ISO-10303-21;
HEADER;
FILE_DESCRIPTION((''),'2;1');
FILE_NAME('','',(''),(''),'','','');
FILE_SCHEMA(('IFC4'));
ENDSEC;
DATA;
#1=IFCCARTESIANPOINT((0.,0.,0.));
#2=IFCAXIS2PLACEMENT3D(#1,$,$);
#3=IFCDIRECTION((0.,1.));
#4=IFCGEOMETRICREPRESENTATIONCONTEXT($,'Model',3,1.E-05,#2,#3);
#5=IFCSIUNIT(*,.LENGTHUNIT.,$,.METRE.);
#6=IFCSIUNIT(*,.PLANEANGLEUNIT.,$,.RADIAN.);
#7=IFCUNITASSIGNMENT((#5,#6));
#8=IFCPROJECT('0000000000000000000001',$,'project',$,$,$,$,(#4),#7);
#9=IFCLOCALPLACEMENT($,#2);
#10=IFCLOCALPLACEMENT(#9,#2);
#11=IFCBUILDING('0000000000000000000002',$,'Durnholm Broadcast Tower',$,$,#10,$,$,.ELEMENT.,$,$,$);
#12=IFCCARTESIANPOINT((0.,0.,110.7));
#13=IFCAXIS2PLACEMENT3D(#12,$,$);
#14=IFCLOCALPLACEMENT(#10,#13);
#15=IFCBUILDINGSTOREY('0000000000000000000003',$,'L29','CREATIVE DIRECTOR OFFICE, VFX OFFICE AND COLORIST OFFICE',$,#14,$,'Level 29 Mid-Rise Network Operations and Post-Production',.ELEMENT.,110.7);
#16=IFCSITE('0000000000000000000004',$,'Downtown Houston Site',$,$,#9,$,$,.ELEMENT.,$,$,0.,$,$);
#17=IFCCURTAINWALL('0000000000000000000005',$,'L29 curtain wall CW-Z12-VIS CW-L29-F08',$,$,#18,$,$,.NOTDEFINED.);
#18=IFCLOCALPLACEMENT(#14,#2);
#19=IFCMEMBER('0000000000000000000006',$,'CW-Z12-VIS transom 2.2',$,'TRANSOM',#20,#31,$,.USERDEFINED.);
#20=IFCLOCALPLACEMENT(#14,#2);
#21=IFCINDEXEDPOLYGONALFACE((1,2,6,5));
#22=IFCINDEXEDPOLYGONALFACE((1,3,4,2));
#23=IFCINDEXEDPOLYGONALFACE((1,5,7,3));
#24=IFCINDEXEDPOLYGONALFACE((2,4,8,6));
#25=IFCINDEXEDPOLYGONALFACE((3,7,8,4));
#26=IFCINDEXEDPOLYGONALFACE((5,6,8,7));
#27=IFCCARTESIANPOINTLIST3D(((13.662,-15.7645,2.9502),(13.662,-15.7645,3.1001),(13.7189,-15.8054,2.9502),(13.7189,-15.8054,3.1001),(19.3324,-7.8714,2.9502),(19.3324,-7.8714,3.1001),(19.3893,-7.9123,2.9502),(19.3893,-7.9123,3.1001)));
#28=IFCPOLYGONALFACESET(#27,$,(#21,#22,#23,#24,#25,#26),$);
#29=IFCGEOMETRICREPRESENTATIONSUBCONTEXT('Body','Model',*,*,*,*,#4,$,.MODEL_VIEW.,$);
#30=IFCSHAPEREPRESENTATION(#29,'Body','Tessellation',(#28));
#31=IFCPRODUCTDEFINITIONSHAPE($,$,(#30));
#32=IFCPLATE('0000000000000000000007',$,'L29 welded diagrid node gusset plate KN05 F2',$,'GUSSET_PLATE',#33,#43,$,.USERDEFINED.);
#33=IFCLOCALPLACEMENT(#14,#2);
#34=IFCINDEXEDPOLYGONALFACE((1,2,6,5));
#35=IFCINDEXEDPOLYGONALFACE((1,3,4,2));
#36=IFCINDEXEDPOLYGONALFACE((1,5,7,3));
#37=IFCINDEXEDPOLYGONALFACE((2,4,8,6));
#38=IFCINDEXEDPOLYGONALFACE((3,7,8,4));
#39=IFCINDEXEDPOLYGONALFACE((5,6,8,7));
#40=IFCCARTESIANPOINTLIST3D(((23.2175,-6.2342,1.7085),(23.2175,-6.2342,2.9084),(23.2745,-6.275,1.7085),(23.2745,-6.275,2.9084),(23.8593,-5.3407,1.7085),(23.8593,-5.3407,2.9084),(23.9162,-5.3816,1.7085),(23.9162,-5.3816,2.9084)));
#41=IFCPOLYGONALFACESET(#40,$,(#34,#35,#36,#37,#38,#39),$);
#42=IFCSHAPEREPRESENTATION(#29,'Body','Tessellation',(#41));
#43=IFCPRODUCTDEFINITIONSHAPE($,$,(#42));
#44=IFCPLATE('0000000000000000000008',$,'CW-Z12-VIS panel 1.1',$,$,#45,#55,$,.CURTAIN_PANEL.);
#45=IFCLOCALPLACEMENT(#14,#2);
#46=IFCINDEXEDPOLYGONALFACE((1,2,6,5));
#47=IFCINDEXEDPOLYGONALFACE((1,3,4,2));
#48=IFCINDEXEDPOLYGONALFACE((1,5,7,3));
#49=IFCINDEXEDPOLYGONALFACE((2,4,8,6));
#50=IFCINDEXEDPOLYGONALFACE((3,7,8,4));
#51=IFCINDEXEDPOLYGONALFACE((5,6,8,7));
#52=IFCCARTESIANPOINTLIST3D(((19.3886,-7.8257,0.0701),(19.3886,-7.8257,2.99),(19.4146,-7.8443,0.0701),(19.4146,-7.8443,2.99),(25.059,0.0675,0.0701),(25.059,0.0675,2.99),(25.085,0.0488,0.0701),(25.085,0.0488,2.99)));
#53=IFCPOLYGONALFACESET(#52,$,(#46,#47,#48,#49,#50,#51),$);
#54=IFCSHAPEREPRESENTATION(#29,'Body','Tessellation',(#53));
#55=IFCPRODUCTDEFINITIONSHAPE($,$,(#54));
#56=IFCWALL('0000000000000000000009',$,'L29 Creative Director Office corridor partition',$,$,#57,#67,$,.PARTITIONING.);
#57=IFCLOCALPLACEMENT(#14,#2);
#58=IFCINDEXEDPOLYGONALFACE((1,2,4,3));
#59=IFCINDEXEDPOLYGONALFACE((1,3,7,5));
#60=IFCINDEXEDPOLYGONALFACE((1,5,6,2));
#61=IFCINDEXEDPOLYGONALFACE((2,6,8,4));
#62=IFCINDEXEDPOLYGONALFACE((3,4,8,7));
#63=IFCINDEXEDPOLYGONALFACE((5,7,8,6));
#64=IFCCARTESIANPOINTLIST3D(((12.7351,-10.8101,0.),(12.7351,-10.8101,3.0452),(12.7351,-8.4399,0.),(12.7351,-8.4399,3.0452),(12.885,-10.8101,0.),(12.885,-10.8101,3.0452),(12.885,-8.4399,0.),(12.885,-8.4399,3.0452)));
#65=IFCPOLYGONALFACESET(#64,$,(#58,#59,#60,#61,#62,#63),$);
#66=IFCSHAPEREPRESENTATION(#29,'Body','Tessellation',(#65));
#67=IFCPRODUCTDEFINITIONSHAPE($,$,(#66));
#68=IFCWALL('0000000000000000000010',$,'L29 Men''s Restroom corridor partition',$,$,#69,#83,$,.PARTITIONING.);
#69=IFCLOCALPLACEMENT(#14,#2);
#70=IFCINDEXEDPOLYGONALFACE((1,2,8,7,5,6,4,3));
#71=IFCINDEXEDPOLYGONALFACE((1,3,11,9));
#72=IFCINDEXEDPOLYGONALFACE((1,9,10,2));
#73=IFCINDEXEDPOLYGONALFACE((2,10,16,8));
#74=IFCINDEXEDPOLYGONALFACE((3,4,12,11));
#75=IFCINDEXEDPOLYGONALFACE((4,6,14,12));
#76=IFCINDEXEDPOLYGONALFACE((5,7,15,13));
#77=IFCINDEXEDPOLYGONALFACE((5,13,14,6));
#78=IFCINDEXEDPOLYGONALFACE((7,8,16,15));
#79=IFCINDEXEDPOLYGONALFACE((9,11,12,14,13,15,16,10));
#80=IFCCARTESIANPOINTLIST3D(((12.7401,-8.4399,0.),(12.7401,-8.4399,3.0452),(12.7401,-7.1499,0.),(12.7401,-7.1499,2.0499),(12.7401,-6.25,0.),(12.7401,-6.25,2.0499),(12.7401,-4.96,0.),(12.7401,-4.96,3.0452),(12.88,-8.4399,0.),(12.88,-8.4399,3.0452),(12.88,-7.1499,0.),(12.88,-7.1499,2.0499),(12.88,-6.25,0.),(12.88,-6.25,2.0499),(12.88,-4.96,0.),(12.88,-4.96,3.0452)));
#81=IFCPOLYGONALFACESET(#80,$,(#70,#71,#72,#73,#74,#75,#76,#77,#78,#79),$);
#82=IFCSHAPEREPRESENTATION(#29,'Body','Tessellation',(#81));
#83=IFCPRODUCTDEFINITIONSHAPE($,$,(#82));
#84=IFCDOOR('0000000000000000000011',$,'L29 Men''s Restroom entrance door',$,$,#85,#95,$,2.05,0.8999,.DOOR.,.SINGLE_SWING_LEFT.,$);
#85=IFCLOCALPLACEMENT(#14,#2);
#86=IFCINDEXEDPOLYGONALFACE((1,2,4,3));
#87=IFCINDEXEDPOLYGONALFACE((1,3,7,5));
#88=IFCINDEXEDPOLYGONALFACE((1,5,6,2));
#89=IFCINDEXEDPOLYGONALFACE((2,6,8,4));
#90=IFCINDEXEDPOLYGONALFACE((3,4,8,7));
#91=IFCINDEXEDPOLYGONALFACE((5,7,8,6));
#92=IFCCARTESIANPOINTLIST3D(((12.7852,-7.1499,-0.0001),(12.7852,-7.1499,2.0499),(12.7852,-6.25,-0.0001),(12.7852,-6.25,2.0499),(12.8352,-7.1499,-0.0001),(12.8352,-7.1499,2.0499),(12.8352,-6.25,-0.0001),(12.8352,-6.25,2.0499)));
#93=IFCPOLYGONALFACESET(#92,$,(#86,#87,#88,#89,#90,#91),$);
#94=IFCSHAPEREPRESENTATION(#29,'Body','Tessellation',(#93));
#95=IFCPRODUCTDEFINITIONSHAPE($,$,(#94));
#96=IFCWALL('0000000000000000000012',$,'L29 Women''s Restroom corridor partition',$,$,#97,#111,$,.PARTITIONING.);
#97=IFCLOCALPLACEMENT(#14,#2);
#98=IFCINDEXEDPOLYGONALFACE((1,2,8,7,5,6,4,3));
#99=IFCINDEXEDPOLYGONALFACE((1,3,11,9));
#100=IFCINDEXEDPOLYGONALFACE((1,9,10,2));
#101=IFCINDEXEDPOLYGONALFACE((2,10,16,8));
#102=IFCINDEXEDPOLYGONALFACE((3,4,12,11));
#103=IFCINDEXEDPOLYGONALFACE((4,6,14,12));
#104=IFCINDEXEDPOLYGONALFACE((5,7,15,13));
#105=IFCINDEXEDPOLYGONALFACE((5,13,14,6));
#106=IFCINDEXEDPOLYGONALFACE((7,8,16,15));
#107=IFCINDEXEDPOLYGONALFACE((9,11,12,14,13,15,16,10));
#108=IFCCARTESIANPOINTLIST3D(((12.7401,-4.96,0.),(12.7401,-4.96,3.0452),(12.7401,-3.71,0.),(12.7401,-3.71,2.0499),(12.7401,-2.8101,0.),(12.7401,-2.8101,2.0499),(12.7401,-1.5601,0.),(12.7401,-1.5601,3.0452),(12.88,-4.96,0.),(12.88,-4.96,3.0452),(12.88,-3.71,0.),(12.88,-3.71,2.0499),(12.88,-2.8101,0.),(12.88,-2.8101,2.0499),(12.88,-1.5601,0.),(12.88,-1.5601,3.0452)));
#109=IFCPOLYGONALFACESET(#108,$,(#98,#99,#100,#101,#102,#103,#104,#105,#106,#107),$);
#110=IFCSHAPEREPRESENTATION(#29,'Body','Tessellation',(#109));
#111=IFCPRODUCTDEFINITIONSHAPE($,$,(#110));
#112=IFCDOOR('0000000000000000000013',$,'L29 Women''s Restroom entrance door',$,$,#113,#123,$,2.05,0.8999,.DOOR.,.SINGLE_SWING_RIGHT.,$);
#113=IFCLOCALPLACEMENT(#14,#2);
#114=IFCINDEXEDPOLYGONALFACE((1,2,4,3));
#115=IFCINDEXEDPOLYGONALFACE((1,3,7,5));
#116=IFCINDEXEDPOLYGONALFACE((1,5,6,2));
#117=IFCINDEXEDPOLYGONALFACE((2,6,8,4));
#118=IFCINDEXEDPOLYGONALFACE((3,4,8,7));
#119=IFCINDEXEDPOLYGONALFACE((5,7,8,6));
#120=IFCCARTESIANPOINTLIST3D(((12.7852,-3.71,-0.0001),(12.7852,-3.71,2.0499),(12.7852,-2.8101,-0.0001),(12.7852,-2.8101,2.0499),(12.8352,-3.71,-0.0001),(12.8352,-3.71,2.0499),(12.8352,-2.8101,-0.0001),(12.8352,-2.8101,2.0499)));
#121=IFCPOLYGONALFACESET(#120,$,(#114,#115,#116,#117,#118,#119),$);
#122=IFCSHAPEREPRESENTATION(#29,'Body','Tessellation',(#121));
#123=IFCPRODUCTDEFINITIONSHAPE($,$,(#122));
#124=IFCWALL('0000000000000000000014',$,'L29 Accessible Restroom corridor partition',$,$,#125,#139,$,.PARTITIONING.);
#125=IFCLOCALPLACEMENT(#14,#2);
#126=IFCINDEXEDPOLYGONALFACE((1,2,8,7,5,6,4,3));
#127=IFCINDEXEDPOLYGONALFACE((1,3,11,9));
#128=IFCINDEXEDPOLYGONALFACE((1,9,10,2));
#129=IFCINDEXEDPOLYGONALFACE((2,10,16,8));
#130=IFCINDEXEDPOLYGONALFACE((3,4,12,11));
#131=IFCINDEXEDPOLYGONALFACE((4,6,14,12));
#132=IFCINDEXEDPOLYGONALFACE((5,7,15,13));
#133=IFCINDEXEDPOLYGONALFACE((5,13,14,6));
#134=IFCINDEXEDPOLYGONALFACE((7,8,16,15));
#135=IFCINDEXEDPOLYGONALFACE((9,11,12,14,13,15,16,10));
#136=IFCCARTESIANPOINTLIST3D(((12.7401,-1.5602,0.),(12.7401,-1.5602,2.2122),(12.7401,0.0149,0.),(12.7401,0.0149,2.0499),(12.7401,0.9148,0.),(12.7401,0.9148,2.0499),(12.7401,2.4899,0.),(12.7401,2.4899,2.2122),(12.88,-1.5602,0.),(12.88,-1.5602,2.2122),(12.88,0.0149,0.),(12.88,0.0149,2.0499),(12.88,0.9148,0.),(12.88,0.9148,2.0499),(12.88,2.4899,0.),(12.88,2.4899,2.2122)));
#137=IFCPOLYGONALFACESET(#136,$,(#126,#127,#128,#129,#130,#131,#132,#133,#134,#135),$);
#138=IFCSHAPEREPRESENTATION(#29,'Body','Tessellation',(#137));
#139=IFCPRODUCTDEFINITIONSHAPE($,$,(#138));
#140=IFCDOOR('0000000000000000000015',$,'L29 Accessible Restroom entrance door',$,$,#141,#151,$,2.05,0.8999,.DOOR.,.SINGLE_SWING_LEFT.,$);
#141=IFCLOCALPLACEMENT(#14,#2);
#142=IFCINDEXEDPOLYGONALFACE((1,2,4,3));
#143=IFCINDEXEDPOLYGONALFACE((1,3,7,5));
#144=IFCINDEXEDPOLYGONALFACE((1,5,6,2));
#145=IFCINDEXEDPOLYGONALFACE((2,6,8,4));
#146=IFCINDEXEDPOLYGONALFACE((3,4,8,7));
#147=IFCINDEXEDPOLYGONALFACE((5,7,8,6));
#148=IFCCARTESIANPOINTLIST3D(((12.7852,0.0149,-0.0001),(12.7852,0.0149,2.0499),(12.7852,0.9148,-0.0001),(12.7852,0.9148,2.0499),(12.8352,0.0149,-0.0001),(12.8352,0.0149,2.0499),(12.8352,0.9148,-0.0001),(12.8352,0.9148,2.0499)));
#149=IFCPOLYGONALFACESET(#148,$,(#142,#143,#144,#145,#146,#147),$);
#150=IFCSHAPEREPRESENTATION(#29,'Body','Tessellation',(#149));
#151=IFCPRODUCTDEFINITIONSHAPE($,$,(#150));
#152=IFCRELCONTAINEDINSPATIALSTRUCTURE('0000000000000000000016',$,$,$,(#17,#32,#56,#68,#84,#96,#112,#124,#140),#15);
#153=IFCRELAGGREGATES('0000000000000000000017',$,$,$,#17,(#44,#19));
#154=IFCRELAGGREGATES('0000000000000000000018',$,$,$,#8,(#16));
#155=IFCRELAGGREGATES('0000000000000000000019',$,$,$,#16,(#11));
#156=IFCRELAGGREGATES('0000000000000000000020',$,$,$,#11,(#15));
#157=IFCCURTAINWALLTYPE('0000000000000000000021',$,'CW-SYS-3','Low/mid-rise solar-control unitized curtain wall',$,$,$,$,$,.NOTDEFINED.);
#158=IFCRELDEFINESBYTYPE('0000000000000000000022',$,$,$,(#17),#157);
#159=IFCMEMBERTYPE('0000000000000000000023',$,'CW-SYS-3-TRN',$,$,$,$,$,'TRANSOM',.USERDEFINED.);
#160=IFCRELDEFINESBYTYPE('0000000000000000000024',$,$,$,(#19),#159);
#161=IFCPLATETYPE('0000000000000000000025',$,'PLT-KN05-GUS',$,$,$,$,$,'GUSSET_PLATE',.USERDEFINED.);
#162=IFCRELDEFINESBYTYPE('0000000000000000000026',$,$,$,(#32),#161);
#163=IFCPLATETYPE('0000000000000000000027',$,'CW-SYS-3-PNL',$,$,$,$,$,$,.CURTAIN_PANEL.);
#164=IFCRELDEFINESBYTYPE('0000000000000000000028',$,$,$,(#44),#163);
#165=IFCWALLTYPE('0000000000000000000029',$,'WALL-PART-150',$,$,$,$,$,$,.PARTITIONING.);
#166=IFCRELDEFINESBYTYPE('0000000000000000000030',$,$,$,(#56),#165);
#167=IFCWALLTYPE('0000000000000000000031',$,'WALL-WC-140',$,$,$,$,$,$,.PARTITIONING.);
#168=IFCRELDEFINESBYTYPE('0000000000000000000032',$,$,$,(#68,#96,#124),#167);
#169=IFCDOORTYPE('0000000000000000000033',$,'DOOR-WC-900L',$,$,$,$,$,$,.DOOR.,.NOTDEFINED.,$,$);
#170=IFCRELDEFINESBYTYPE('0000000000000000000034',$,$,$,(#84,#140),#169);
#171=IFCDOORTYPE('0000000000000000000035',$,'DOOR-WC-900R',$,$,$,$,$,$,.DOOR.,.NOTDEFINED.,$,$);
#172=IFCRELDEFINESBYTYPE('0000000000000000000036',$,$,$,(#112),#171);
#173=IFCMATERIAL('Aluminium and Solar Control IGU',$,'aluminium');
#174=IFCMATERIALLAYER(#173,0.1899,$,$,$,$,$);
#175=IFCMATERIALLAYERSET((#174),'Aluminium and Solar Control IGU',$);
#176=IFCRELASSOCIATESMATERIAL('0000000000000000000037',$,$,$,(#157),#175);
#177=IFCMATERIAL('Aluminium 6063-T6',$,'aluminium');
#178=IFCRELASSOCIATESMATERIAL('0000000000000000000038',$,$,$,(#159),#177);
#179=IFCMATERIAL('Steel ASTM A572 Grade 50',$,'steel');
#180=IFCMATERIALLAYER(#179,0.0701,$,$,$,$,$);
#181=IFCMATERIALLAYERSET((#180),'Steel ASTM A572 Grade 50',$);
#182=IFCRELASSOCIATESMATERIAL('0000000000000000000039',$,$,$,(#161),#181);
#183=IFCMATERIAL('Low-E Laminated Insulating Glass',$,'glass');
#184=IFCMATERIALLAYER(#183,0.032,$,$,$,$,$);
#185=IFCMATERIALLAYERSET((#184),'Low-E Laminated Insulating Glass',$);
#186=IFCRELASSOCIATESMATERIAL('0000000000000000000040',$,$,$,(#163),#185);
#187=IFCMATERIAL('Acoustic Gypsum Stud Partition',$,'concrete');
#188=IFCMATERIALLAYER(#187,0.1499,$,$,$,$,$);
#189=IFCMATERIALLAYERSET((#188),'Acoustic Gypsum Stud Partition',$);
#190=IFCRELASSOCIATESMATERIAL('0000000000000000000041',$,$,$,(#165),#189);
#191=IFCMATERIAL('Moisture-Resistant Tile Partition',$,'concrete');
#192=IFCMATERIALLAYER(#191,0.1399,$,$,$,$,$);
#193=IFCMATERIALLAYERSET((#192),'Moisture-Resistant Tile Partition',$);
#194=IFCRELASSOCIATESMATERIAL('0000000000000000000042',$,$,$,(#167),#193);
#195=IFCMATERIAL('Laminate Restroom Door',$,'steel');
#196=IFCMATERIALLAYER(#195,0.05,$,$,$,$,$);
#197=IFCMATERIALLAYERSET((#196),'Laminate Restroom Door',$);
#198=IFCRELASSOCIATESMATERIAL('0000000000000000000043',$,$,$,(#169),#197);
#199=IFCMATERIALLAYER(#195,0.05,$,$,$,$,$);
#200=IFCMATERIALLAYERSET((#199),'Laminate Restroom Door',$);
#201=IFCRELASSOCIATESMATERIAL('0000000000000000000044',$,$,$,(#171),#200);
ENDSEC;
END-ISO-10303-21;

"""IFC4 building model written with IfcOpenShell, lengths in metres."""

from ifc_helpers import new_model, si_unit, direction, frame, frame_2d, origin, origin_2d, place, context, subcontext, project, spatial, rectangle, extrude, source, transform, mapped, material, layer, layer_set, material_profile, profile_set, type_object, type_shapes, element, fill, aggregate, save


model = new_model("IFC4")

# Units and contexts
model_context = context("Model", 3, precision=1e-05, world=origin(), true_north=direction((0.0, 1.0)))
body_context = subcontext(model_context, "Body", "Model", "MODEL_VIEW")
ifc_project = project(units=[si_unit("LENGTHUNIT", "METRE"), si_unit("PLANEANGLEUNIT", "RADIAN")], contexts=[model_context])

# Site, building, storey
site_placement = place(None, origin())
site = spatial("IfcSite", under=ifc_project, at=site_placement, Name="Downtown Houston Site", CompositionType="ELEMENT", RefElevation=0.0)
building_placement = place(site_placement, origin())
building = spatial("IfcBuilding", under=site, at=building_placement, Name="Durnholm Broadcast Tower", CompositionType="ELEMENT")
storey_placement = place(building_placement, frame((0.0, 0.0, 110.7)))
storey = spatial("IfcBuildingStorey", under=building, at=storey_placement, Name="L29", Description="CREATIVE DIRECTOR OFFICE, VFX OFFICE AND COLORIST OFFICE", LongName="Level 29 Mid-Rise Network Operations and Post-Production", CompositionType="ELEMENT", Elevation=110.7)

# Shared definitions
ifc_material_1 = material(Name="Aluminium and Solar Control IGU", Category="aluminium")
ifc_material_2 = material(Name="Aluminium 6063-T6", Category="aluminium")

# Curtain wall, member
ifc_layer_1 = layer(ifc_material_1, 0.1899)
ifc_layer_set_1 = layer_set([ifc_layer_1], Name="Aluminium and Solar Control IGU")
curtain_wall_type_1 = type_object("IfcCurtainWallType", Name="CW-SYS-3", Description="Low/mid-rise solar-control unitized curtain wall", PredefinedType="NOTDEFINED", material=ifc_layer_set_1)
curtain_wall_1_placement = place(storey_placement, origin())
curtain_wall_1 = element("IfcCurtainWall", 1, at=curtain_wall_1_placement, inside=storey, type_object=curtain_wall_type_1, Name="L29 curtain wall CW-Z12-VIS CW-L29-F08", PredefinedType="NOTDEFINED")
ifc_material_profile_1 = material_profile(ifc_material_2, rectangle(XDim=0.0701, YDim=0.1499, at=origin_2d()), Name="CWT70X150")
ifc_profile_set_1 = profile_set([ifc_material_profile_1], Name="Aluminium 6063-T6")
member_type_1 = type_object("IfcMemberType", Name="CW-SYS-3-TRN", ElementType="TRANSOM", PredefinedType="USERDEFINED", material=ifc_profile_set_1)
shared_shape_1 = source(origin(), body_context, "Body", "SweptSolid", [
    extrude(rectangle(XDim=0.0701, YDim=0.1499, at=origin_2d()), origin(), (0.0, 0.0, 1.0), 9.7188),
])
type_shapes(member_type_1, [shared_shape_1])
member_1_placement = place(storey_placement, frame((19.3608, -7.8918, 3.0251), z_axis=(-0.583451, -0.812149, 0.0), x_axis=(0.812149, -0.583451, 0.0)))
member_1 = element("IfcMember", 2, at=member_1_placement, type_object=member_type_1, Name="CW-Z12-VIS transom 2.2", ObjectType="TRANSOM", PredefinedType="USERDEFINED", context=body_context, shape_type="MappedRepresentation", body=[
    mapped(shared_shape_1, transform((0.0, 0.0, 0.0), x_axis=(1.0, 0.0, 0.0), y_axis=(0.0, 1.0, 0.0), z_axis=(0.0, 0.0, 1.0), scale=1.0)),
])

# Plates
ifc_material_3 = material(Name="Steel ASTM A572 Grade 50", Category="steel")
ifc_layer_2 = layer(ifc_material_3, 0.0701)
ifc_layer_set_2 = layer_set([ifc_layer_2], Name="Steel ASTM A572 Grade 50")
plate_type_1 = type_object("IfcPlateType", Name="PLT-KN05-GUS", ElementType="GUSSET_PLATE", PredefinedType="USERDEFINED", material=ifc_layer_set_2)
shared_shape_2 = source(origin(), body_context, "Body", "SweptSolid", [
    extrude(rectangle(XDim=1.1001, YDim=0.0701, at=origin_2d()), origin(), (0.0, 0.0, 1.0), 1.2),
])
type_shapes(plate_type_1, [shared_shape_2])
plate_1_placement = place(storey_placement, frame((23.5669, -5.8079, 1.7085), z_axis=(0.0, 0.0, 1.0), x_axis=(0.583399, 0.812185, 0.0)))
element("IfcPlate", 3, at=plate_1_placement, inside=storey, type_object=plate_type_1, Name="L29 welded diagrid node gusset plate KN05 F2", ObjectType="GUSSET_PLATE", PredefinedType="USERDEFINED", context=body_context, shape_type="MappedRepresentation", body=[
    mapped(shared_shape_2, transform((0.0, 0.0, 0.0), x_axis=(1.0, 0.0, 0.0), y_axis=(0.0, 1.0, 0.0), z_axis=(0.0, 0.0, 1.0), scale=1.0)),
])
ifc_material_4 = material(Name="Low-E Laminated Insulating Glass", Category="glass")
ifc_layer_3 = layer(ifc_material_4, 0.032)
ifc_layer_set_3 = layer_set([ifc_layer_3], Name="Low-E Laminated Insulating Glass")
plate_type_2 = type_object("IfcPlateType", Name="CW-SYS-3-PNL", PredefinedType="CURTAIN_PANEL", material=ifc_layer_set_3)
shared_shape_3 = source(origin(), body_context, "Body", "SweptSolid", [
    extrude(rectangle(XDim=9.7188, YDim=0.032, at=origin_2d()), origin(), (0.0, 0.0, 1.0), 2.9199),
])
type_shapes(plate_type_2, [shared_shape_3])
plate_2_placement = place(storey_placement, frame((22.2368, -3.8884, 0.0701), z_axis=(0.0, 0.0, 1.0), x_axis=(-0.583445, -0.812152, 0.0)))
plate_2 = element("IfcPlate", 4, at=plate_2_placement, type_object=plate_type_2, Name="CW-Z12-VIS panel 1.1", PredefinedType="CURTAIN_PANEL", context=body_context, shape_type="MappedRepresentation", body=[
    mapped(shared_shape_3, transform((0.0, 0.0, 0.0), x_axis=(1.0, 0.0, 0.0), y_axis=(0.0, 1.0, 0.0), z_axis=(0.0, 0.0, 1.0), scale=1.0)),
])
aggregate(curtain_wall_1, [plate_2, member_1])

# Wall
ifc_material_5 = material(Name="Acoustic Gypsum Stud Partition", Category="concrete")
ifc_layer_4 = layer(ifc_material_5, 0.1499)
ifc_layer_set_4 = layer_set([ifc_layer_4], Name="Acoustic Gypsum Stud Partition")
wall_type_1 = type_object("IfcWallType", Name="WALL-PART-150", PredefinedType="PARTITIONING", material=ifc_layer_set_4)
wall_1_placement = place(storey_placement, frame((12.8101, -10.8101, 0.0), z_axis=(0.0, 0.0, 1.0), x_axis=(0.0, 1.0, 0.0)))
element("IfcWall", 5, at=wall_1_placement, inside=storey, type_object=wall_type_1, Name="L29 Creative Director Office corridor partition", PredefinedType="PARTITIONING", context=body_context, shape_type="SweptSolid", body=[
    extrude(rectangle(XDim=2.3701, YDim=0.1499, at=frame_2d((1.1851, 0.0))), origin(), (0.0, 0.0, 1.0), 3.0452),
])

# Walls, openings, doors
ifc_material_6 = material(Name="Moisture-Resistant Tile Partition", Category="concrete")
ifc_layer_5 = layer(ifc_material_6, 0.1399)
ifc_layer_set_5 = layer_set([ifc_layer_5], Name="Moisture-Resistant Tile Partition")
wall_type_2 = type_object("IfcWallType", Name="WALL-WC-140", PredefinedType="PARTITIONING", material=ifc_layer_set_5)
wall_2_placement = place(storey_placement, frame((12.8101, -8.4399, 0.0), z_axis=(0.0, 0.0, 1.0), x_axis=(0.0, 1.0, 0.0)))
wall_2 = element("IfcWall", 6, at=wall_2_placement, inside=storey, type_object=wall_type_2, Name="L29 Men's Restroom corridor partition", PredefinedType="PARTITIONING", context=body_context, shape_type="SweptSolid", body=[
    extrude(rectangle(XDim=3.48, YDim=0.1399, at=frame_2d((1.74, 0.0))), origin(), (0.0, 0.0, 1.0), 3.0452),
])
opening_1_placement = place(wall_2_placement, frame((1.29, 0.0, 0.0)))
opening_1 = element("IfcOpeningElement", 7, at=opening_1_placement, cuts=wall_2, PredefinedType="OPENING", context=body_context, shape_type="SweptSolid", body=[
    extrude(rectangle(XDim=0.8999, YDim=2.05, at=frame_2d((0.45, 1.0249))), frame((0.0, 0.0801, 0.0), z_axis=(0.0, -1.0, 0.0), x_axis=(1.0, 0.0, 0.0)), (0.0, 0.0, 1.0), 0.1599),
])
ifc_material_7 = material(Name="Laminate Restroom Door", Category="steel")
ifc_layer_6 = layer(ifc_material_7, 0.05)
ifc_layer_set_6 = layer_set([ifc_layer_6], Name="Laminate Restroom Door")
door_type_1 = type_object("IfcDoorType", Name="DOOR-WC-900L", OperationType="NOTDEFINED", PredefinedType="DOOR", material=ifc_layer_set_6)
shared_shape_4 = source(origin(), body_context, "Body", "SweptSolid", [
    extrude(rectangle(XDim=0.8999, YDim=2.05, at=frame_2d((0.45, 1.0249))), frame((0.0, 0.0249, 0.0), z_axis=(0.0, -1.0, 0.0), x_axis=(1.0, 0.0, 0.0)), (0.0, 0.0, 1.0), 0.05),
])
type_shapes(door_type_1, [shared_shape_4])
door_1_placement = place(opening_1_placement, origin())
door_1 = element("IfcDoor", 8, at=door_1_placement, inside=storey, type_object=door_type_1, Name="L29 Men's Restroom entrance door", OperationType="SINGLE_SWING_LEFT", OverallHeight=2.05, OverallWidth=0.8999, PredefinedType="DOOR", context=body_context, shape_type="MappedRepresentation", body=[
    mapped(shared_shape_4, transform((0.0, 0.0, 0.0), x_axis=(1.0, 0.0, 0.0), y_axis=(0.0, 1.0, 0.0), z_axis=(0.0, 0.0, 1.0), scale=1.0)),
])
fill(opening_1, door_1)
wall_3_placement = place(storey_placement, frame((12.8101, -4.96, 0.0), z_axis=(0.0, 0.0, 1.0), x_axis=(0.0, 1.0, 0.0)))
wall_3 = element("IfcWall", 9, at=wall_3_placement, inside=storey, type_object=wall_type_2, Name="L29 Women's Restroom corridor partition", PredefinedType="PARTITIONING", context=body_context, shape_type="SweptSolid", body=[
    extrude(rectangle(XDim=3.3999, YDim=0.1399, at=frame_2d((1.7, 0.0))), origin(), (0.0, 0.0, 1.0), 3.0452),
])
opening_2_placement = place(wall_3_placement, frame((1.25, 0.0, 0.0)))
opening_2 = element("IfcOpeningElement", 10, at=opening_2_placement, cuts=wall_3, PredefinedType="OPENING", context=body_context, shape_type="SweptSolid", body=[
    extrude(rectangle(XDim=0.8999, YDim=2.05, at=frame_2d((0.45, 1.0249))), frame((0.0, 0.0801, 0.0), z_axis=(0.0, -1.0, 0.0), x_axis=(1.0, 0.0, 0.0)), (0.0, 0.0, 1.0), 0.1599),
])
ifc_layer_7 = layer(ifc_material_7, 0.05)
ifc_layer_set_7 = layer_set([ifc_layer_7], Name="Laminate Restroom Door")
door_type_2 = type_object("IfcDoorType", Name="DOOR-WC-900R", OperationType="NOTDEFINED", PredefinedType="DOOR", material=ifc_layer_set_7)
shared_shape_5 = source(origin(), body_context, "Body", "SweptSolid", [
    extrude(rectangle(XDim=0.8999, YDim=2.05, at=frame_2d((0.45, 1.0249))), frame((0.0, 0.0249, 0.0), z_axis=(0.0, -1.0, 0.0), x_axis=(1.0, 0.0, 0.0)), (0.0, 0.0, 1.0), 0.05),
])
type_shapes(door_type_2, [shared_shape_5])
door_2_placement = place(opening_2_placement, origin())
door_2 = element("IfcDoor", 11, at=door_2_placement, inside=storey, type_object=door_type_2, Name="L29 Women's Restroom entrance door", OperationType="SINGLE_SWING_RIGHT", OverallHeight=2.05, OverallWidth=0.8999, PredefinedType="DOOR", context=body_context, shape_type="MappedRepresentation", body=[
    mapped(shared_shape_5, transform((0.0, 0.0, 0.0), x_axis=(1.0, 0.0, 0.0), y_axis=(0.0, 1.0, 0.0), z_axis=(0.0, 0.0, 1.0), scale=1.0)),
])
fill(opening_2, door_2)
wall_4_placement = place(storey_placement, frame((12.8101, -1.5601, 0.0), z_axis=(0.0, 0.0, 1.0), x_axis=(0.0, 1.0, 0.0)))
wall_4 = element("IfcWall", 12, at=wall_4_placement, inside=storey, type_object=wall_type_2, Name="L29 Accessible Restroom corridor partition", PredefinedType="PARTITIONING", context=body_context, shape_type="SweptSolid", body=[
    extrude(rectangle(XDim=4.05, YDim=0.1399, at=frame_2d((2.0249, 0.0))), origin(), (0.0, 0.0, 1.0), 2.2122),
])
opening_3_placement = place(wall_4_placement, frame((1.575, 0.0, 0.0)))
opening_3 = element("IfcOpeningElement", 13, at=opening_3_placement, cuts=wall_4, PredefinedType="OPENING", context=body_context, shape_type="SweptSolid", body=[
    extrude(rectangle(XDim=0.8999, YDim=2.05, at=frame_2d((0.45, 1.0249))), frame((0.0, 0.0801, 0.0), z_axis=(0.0, -1.0, 0.0), x_axis=(1.0, 0.0, 0.0)), (0.0, 0.0, 1.0), 0.1599),
])
door_3_placement = place(opening_3_placement, origin())
door_3 = element("IfcDoor", 14, at=door_3_placement, inside=storey, type_object=door_type_1, Name="L29 Accessible Restroom entrance door", OperationType="SINGLE_SWING_LEFT", OverallHeight=2.05, OverallWidth=0.8999, PredefinedType="DOOR", context=body_context, shape_type="MappedRepresentation", body=[
    mapped(shared_shape_4, transform((0.0, 0.0, 0.0), x_axis=(1.0, 0.0, 0.0), y_axis=(0.0, 1.0, 0.0), z_axis=(0.0, 0.0, 1.0), scale=1.0)),
])
fill(opening_3, door_3)

save(model, "model.ifc")
